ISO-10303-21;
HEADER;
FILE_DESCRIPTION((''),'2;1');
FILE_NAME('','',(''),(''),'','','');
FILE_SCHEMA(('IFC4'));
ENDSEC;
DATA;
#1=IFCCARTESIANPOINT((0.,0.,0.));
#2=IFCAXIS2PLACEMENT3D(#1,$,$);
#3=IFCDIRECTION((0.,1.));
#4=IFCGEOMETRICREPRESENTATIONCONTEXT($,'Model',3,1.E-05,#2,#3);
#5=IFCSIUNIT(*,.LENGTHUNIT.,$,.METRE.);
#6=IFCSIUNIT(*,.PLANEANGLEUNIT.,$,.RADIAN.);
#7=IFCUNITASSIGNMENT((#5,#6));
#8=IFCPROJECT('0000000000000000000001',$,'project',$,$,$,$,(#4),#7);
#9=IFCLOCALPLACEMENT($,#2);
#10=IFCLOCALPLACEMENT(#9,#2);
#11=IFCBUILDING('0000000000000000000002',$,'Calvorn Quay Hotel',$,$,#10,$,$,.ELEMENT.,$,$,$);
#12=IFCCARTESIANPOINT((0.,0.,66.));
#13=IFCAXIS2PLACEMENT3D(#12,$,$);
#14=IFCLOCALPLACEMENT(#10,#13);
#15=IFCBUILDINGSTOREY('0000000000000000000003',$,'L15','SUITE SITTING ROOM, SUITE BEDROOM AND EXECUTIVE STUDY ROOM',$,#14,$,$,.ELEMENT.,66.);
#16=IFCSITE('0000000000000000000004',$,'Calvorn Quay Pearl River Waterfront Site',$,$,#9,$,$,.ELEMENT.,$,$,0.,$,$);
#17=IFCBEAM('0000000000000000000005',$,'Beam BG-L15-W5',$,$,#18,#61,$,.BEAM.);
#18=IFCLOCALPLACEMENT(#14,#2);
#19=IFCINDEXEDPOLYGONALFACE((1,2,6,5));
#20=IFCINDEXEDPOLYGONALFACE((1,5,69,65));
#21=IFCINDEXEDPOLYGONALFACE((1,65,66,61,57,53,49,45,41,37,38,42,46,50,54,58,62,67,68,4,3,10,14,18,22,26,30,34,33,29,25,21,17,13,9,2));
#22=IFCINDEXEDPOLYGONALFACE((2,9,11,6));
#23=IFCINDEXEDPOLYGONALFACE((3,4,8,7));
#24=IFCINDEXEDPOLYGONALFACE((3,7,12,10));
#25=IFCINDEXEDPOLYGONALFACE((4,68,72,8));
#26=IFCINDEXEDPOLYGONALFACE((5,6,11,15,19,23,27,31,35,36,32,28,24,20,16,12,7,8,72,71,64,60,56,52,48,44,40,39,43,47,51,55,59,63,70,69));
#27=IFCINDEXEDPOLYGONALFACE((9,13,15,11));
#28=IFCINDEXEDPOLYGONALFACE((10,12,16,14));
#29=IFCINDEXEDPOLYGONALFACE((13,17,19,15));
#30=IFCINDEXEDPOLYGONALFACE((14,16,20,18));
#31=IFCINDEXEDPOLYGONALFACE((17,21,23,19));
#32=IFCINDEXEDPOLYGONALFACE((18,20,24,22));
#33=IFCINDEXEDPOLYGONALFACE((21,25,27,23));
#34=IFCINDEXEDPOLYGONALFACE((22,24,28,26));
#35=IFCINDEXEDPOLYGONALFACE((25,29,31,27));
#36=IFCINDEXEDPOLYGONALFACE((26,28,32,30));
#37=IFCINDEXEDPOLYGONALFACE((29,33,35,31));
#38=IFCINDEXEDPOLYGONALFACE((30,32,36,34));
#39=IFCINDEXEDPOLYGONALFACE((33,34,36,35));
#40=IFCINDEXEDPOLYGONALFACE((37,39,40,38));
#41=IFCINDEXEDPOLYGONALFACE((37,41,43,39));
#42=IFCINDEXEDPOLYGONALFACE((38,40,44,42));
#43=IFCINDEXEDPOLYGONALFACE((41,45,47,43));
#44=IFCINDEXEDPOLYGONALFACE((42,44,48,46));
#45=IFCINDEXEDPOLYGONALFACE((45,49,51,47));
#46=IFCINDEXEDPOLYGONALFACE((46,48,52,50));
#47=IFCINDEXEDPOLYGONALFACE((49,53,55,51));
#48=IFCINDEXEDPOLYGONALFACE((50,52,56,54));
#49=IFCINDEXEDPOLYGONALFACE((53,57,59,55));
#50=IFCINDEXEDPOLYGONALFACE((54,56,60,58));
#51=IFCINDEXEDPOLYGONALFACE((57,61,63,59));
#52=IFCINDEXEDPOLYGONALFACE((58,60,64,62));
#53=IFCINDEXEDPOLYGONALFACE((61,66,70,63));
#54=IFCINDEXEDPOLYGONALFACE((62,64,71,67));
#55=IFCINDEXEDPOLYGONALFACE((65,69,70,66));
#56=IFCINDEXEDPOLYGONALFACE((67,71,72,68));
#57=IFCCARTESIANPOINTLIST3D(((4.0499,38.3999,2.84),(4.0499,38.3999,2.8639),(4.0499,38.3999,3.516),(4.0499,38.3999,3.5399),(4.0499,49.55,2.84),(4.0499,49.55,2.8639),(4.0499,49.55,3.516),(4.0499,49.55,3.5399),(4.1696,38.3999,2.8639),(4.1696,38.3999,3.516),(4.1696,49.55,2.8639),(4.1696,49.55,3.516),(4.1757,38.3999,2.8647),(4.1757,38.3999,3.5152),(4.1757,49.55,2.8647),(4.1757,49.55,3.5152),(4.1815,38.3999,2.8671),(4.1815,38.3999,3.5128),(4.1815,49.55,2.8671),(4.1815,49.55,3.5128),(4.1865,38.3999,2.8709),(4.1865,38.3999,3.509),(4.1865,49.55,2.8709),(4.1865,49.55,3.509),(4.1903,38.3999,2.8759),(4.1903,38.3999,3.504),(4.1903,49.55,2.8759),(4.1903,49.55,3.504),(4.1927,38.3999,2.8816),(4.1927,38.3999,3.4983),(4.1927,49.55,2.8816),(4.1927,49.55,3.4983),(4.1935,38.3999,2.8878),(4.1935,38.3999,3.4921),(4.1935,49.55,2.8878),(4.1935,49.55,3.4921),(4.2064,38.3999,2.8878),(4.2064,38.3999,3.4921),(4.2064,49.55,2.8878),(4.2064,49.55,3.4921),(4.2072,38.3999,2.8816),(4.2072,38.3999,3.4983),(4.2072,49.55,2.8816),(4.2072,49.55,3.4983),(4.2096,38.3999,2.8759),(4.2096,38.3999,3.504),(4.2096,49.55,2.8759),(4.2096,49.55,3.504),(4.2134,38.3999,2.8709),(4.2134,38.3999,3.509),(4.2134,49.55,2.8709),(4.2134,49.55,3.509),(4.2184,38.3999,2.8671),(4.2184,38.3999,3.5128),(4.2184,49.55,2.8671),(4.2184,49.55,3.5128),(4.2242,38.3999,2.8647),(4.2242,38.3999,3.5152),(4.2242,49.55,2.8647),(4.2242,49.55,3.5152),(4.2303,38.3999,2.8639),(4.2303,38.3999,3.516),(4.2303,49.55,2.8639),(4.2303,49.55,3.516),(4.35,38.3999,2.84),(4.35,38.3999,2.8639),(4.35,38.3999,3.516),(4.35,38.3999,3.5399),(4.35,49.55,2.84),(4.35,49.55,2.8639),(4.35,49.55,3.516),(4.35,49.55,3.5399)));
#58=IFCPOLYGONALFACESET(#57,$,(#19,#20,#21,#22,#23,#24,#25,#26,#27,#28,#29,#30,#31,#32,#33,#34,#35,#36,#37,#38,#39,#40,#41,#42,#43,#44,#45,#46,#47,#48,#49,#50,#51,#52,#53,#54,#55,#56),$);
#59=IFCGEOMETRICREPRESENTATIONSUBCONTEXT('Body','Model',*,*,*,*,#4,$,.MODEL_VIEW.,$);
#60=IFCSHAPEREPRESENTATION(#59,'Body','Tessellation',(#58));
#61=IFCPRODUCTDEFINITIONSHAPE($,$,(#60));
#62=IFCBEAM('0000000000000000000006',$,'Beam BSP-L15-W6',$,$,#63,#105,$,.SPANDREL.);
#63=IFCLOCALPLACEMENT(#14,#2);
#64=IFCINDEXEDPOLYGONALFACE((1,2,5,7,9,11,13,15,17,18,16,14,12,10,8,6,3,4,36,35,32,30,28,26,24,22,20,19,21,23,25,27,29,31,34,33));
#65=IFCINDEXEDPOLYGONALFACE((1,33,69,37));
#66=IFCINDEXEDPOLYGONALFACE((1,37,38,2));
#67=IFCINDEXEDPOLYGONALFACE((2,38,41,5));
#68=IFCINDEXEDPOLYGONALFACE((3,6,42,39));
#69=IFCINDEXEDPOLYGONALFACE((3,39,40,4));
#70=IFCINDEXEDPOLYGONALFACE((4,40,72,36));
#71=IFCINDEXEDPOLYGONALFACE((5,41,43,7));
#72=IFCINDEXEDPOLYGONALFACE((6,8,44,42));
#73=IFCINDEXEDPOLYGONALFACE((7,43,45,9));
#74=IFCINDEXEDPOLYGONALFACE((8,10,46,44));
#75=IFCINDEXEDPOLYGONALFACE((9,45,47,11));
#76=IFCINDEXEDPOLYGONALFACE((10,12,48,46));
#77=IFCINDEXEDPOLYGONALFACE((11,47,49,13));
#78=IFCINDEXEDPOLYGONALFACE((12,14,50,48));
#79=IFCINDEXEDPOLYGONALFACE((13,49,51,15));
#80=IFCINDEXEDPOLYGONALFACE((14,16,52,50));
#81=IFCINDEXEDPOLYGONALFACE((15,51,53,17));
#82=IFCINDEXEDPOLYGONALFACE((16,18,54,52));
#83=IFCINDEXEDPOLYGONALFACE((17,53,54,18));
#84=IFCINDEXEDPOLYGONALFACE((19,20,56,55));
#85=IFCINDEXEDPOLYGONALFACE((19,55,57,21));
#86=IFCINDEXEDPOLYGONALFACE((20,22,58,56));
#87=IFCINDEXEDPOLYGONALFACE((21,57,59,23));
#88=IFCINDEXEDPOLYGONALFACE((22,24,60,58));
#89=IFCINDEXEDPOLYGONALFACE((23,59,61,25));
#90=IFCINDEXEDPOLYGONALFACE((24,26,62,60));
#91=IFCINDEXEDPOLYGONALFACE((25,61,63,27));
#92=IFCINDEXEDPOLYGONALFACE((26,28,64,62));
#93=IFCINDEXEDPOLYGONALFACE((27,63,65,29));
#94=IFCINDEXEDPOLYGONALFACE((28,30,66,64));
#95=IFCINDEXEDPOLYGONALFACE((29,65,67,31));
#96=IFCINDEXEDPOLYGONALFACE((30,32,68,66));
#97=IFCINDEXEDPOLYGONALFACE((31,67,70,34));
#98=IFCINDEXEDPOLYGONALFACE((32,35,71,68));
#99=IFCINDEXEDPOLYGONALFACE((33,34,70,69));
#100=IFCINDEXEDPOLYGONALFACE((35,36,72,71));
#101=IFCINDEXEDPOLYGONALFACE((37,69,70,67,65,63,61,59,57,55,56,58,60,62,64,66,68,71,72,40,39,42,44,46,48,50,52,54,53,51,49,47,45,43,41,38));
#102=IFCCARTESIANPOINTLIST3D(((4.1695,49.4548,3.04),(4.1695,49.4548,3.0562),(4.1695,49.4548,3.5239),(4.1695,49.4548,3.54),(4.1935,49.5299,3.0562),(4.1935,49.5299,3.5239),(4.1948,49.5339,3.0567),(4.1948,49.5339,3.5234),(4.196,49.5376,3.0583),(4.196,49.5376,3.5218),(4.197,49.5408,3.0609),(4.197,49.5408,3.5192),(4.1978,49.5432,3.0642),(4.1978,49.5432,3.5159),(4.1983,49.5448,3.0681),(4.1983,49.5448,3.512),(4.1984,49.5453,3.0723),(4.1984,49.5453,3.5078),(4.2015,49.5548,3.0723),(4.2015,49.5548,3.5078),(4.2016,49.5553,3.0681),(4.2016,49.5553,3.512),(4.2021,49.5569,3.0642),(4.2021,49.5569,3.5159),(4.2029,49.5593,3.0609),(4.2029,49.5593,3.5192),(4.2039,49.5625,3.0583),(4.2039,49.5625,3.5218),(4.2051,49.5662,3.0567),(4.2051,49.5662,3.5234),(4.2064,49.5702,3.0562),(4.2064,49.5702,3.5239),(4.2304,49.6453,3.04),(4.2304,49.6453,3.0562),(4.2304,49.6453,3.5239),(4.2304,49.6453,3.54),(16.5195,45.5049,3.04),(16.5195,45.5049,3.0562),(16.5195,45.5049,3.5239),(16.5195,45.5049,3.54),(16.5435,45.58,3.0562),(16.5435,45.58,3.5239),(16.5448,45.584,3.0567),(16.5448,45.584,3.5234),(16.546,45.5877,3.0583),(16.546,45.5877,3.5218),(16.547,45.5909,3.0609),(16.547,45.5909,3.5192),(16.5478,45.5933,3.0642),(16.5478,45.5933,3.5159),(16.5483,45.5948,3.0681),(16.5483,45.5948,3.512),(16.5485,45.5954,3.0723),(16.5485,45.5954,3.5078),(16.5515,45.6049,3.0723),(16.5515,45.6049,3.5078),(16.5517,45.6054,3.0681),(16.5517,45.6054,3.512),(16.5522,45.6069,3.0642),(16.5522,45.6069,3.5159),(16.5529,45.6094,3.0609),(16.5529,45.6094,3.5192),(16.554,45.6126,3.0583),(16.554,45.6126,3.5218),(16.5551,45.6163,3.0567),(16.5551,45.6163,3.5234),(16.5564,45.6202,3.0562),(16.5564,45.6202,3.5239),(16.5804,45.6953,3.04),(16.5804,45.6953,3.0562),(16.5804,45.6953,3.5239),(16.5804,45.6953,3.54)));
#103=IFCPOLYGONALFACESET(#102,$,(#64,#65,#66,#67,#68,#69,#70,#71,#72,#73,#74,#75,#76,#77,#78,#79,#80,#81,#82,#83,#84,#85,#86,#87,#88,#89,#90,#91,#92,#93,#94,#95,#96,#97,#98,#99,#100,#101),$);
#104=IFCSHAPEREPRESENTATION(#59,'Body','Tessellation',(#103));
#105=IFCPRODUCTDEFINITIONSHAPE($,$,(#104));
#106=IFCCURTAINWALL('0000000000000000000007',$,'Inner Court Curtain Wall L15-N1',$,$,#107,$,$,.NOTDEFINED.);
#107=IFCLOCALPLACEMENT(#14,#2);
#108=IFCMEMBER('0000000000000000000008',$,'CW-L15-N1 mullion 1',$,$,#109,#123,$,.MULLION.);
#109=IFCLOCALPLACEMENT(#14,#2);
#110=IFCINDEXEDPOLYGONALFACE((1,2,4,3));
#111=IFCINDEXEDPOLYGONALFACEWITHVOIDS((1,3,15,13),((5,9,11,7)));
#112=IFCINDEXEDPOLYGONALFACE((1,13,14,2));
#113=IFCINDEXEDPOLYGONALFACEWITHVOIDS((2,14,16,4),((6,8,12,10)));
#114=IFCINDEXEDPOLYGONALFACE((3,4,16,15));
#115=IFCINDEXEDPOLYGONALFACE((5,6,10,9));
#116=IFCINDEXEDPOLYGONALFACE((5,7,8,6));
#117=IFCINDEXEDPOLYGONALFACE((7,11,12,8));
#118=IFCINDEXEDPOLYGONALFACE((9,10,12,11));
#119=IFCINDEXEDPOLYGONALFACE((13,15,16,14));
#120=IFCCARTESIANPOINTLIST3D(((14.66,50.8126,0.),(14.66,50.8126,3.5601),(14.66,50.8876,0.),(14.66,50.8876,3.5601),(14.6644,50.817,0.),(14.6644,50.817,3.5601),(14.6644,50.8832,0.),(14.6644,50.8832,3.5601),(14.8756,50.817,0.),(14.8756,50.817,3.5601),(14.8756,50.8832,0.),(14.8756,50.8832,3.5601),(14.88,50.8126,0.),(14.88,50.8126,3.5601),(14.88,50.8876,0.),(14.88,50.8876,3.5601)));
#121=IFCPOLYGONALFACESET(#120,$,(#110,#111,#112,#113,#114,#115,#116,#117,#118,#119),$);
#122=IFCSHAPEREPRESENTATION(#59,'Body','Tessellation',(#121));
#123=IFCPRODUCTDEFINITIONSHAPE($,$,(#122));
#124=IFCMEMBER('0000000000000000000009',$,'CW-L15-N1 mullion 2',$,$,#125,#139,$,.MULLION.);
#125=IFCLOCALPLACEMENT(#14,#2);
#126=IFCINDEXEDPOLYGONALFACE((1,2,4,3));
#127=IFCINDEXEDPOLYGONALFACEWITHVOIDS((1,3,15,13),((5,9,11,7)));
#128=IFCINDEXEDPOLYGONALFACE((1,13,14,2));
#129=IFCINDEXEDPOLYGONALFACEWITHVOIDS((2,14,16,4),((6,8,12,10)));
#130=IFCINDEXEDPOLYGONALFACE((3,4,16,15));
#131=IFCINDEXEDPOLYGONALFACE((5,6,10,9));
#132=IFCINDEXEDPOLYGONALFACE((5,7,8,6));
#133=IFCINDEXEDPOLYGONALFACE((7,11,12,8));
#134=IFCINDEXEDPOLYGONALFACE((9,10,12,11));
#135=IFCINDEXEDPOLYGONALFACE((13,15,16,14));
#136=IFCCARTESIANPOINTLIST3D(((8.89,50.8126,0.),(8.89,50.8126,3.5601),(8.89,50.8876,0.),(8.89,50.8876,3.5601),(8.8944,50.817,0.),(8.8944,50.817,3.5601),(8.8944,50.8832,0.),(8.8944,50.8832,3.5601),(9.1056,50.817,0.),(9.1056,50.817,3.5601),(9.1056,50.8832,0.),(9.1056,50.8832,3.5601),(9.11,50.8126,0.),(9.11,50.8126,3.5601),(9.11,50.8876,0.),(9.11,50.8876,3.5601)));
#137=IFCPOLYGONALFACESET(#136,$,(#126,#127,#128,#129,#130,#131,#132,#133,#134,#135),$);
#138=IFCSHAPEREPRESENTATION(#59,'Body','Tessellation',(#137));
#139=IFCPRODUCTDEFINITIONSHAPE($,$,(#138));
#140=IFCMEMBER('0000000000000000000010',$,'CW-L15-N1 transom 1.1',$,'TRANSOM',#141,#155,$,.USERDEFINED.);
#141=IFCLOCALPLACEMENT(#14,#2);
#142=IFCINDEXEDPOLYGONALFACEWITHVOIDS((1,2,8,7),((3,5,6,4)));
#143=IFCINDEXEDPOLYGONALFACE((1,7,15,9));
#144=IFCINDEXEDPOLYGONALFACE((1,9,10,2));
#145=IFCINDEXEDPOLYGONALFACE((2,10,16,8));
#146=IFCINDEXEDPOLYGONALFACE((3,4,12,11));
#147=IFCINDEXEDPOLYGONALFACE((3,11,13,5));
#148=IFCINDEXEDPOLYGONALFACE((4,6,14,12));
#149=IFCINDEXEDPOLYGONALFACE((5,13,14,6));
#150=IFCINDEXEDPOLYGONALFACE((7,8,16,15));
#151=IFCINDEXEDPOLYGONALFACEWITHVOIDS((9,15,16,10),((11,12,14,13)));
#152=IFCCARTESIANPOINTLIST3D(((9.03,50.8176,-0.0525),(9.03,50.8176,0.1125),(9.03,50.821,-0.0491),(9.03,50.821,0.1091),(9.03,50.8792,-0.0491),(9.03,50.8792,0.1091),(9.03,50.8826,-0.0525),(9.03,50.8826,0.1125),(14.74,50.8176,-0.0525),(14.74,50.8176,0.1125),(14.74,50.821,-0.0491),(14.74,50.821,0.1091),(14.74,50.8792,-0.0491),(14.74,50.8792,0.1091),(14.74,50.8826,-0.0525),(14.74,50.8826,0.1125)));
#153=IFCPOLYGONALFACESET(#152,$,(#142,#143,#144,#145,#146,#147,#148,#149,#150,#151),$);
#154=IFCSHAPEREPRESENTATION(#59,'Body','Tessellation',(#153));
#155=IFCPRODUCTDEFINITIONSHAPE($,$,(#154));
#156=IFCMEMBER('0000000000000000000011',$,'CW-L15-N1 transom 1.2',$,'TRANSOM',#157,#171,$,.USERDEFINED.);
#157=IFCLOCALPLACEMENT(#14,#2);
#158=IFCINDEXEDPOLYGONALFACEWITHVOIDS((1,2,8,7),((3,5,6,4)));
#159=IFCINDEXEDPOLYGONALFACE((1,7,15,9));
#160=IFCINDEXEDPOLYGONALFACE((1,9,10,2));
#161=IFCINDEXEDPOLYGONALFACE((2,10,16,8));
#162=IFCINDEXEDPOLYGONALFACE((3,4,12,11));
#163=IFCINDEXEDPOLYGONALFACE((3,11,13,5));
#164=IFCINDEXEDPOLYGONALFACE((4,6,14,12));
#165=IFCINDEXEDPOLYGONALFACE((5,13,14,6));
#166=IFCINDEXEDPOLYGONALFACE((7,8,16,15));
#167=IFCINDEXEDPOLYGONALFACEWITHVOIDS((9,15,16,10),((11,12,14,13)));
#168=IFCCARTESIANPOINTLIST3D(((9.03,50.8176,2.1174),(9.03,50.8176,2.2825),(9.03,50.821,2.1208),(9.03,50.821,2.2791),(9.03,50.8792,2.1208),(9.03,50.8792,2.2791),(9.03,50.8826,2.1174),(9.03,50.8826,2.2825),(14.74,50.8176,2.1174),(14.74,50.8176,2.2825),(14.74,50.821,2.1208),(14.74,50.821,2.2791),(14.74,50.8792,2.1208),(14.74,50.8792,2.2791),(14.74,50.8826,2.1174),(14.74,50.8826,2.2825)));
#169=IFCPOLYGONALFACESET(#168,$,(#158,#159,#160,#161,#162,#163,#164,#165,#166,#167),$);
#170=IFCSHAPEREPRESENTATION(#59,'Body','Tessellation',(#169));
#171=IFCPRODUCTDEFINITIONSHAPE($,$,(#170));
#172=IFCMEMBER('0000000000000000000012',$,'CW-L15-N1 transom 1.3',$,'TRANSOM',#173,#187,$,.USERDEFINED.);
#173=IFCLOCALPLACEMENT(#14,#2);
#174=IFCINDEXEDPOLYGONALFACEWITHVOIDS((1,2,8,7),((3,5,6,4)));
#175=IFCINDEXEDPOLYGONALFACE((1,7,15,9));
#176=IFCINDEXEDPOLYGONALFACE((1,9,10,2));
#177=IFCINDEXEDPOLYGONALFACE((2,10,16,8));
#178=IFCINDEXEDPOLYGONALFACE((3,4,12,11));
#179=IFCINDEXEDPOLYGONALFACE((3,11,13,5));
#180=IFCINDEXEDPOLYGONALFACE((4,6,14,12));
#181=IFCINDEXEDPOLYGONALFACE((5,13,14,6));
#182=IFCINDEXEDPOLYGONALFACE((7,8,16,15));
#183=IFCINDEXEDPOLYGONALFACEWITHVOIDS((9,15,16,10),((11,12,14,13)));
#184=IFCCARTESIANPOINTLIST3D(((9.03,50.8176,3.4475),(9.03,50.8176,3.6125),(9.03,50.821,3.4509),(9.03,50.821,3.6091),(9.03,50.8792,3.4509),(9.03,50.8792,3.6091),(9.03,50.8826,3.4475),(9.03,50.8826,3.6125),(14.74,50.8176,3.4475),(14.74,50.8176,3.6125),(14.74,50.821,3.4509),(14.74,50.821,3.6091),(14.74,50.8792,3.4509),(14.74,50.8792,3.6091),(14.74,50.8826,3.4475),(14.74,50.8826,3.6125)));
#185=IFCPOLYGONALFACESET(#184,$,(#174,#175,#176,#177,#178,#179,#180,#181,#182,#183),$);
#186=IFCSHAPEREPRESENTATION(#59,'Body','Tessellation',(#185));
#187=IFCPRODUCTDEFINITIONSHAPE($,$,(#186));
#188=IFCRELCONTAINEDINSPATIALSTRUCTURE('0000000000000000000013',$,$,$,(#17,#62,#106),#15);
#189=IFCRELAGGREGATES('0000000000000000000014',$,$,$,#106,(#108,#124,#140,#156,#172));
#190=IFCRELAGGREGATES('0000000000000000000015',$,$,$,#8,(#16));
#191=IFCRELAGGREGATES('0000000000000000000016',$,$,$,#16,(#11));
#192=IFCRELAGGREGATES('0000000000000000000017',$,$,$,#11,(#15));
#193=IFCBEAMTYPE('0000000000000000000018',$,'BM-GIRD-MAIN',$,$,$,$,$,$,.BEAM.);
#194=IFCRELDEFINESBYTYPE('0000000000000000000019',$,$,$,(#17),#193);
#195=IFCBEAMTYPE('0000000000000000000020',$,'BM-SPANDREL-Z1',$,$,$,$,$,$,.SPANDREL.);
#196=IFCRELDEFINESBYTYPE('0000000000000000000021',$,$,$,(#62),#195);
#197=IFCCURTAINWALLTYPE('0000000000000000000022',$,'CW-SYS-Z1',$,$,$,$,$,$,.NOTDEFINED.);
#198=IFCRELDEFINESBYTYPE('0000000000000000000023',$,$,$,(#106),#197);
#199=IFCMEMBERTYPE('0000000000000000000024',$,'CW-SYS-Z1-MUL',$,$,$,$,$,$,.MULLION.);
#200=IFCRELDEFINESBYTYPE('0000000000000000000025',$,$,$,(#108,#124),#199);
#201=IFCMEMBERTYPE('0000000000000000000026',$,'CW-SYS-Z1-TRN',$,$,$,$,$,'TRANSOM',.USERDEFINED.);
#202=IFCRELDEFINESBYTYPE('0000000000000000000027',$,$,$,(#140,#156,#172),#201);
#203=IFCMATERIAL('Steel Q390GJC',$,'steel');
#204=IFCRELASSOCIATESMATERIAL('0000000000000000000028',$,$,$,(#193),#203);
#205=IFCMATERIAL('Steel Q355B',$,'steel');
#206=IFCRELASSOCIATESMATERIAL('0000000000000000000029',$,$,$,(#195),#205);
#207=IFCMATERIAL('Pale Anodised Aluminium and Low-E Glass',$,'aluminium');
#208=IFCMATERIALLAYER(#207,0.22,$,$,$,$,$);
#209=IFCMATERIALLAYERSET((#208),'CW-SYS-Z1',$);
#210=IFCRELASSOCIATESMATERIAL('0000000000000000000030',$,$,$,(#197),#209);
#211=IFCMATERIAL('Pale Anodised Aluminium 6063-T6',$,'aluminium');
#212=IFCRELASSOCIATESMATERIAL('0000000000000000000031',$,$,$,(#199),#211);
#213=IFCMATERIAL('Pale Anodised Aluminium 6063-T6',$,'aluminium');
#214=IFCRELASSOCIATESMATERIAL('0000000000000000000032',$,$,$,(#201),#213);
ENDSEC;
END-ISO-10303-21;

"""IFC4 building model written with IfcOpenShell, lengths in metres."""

from ifc_helpers import new_model, si_unit, direction, frame, origin, origin_2d, place, context, subcontext, project, spatial, hollow_rectangle, i_section, extrude, material, layer, layer_set, material_profile, profile_set, type_object, element, aggregate, save


model = new_model("IFC4")

# Units and contexts
model_context = context("Model", 3, precision=1e-05, world=origin(), true_north=direction((0.0, 1.0)))
body_context = subcontext(model_context, "Body", "Model", "MODEL_VIEW")
ifc_project = project(units=[si_unit("LENGTHUNIT", "METRE"), si_unit("PLANEANGLEUNIT", "RADIAN")], contexts=[model_context])

# Site, building, storey
site_placement = place(None, origin())
site = spatial("IfcSite", under=ifc_project, at=site_placement, Name="Calvorn Quay Pearl River Waterfront Site", CompositionType="ELEMENT", RefElevation=0.0)
building_placement = place(site_placement, origin())
building = spatial("IfcBuilding", under=site, at=building_placement, Name="Calvorn Quay Hotel", CompositionType="ELEMENT")
storey_placement = place(building_placement, frame((0.0, 0.0, 66.0)))
storey = spatial("IfcBuildingStorey", under=building, at=storey_placement, Name="L15", Description="SUITE SITTING ROOM, SUITE BEDROOM AND EXECUTIVE STUDY ROOM", CompositionType="ELEMENT", Elevation=66.0)

# Beams
ifc_material_1 = material(Name="Steel Q390GJC", Category="steel")
ifc_material_profile_1 = material_profile(ifc_material_1, i_section(OverallWidth=0.3, OverallDepth=0.7, WebThickness=0.0129, FlangeThickness=0.0239, FilletRadius=0.0239, at=origin_2d()), Name="HN700x300x13x24")
ifc_profile_set_1 = profile_set([ifc_material_profile_1], Name="Steel Q390GJC")
beam_type_1 = type_object("IfcBeamType", Name="BM-GIRD-MAIN", PredefinedType="BEAM", material=ifc_profile_set_1)
beam_1_placement = place(storey_placement, frame((4.2, 49.55, 3.1899), z_axis=(0.0, -1.0, 0.0), x_axis=(1.0, 0.0, 0.0)))
element("IfcBeam", 1, at=beam_1_placement, inside=storey, type_object=beam_type_1, Name="Beam BG-L15-W5", PredefinedType="BEAM", context=body_context, shape_type="SweptSolid", body=[
    extrude(i_section(OverallWidth=0.3, OverallDepth=0.7, WebThickness=0.0129, FlangeThickness=0.0239, FilletRadius=0.0239, at=origin_2d()), origin(), (0.0, 0.0, 1.0), 11.1501),
])
ifc_material_2 = material(Name="Steel Q355B", Category="steel")
ifc_material_profile_2 = material_profile(ifc_material_2, i_section(OverallWidth=0.2, OverallDepth=0.5, WebThickness=0.01, FlangeThickness=0.0161, FilletRadius=0.0161, at=origin_2d()), Name="HN500x200x10x16")
ifc_profile_set_2 = profile_set([ifc_material_profile_2], Name="Steel Q355B")
beam_type_2 = type_object("IfcBeamType", Name="BM-SPANDREL-Z1", PredefinedType="SPANDREL", material=ifc_profile_set_2)
beam_2_placement = place(storey_placement, frame((4.2, 49.55, 3.29), z_axis=(0.952471, -0.30463, 0.0), x_axis=(0.30463, 0.952471, 0.0)))
element("IfcBeam", 2, at=beam_2_placement, inside=storey, type_object=beam_type_2, Name="Beam BSP-L15-W6", PredefinedType="SPANDREL", context=body_context, shape_type="SweptSolid", body=[
    extrude(i_section(OverallWidth=0.2, OverallDepth=0.5, WebThickness=0.01, FlangeThickness=0.0161, FilletRadius=0.0161, at=origin_2d()), origin(), (0.0, 0.0, 1.0), 12.9663),
])

# Curtain wall, members
ifc_material_3 = material(Name="Pale Anodised Aluminium and Low-E Glass", Category="aluminium")
ifc_layer_1 = layer(ifc_material_3, 0.22)
ifc_layer_set_1 = layer_set([ifc_layer_1], Name="CW-SYS-Z1")
curtain_wall_type = type_object("IfcCurtainWallType", Name="CW-SYS-Z1", PredefinedType="NOTDEFINED", material=ifc_layer_set_1)
curtain_wall_placement = place(storey_placement, origin())
curtain_wall = element("IfcCurtainWall", 3, at=curtain_wall_placement, inside=storey, type_object=curtain_wall_type, Name="Inner Court Curtain Wall L15-N1", PredefinedType="NOTDEFINED")
ifc_material_4 = material(Name="Pale Anodised Aluminium 6063-T6", Category="aluminium")
ifc_material_profile_3 = material_profile(ifc_material_4, hollow_rectangle(XDim=0.075, YDim=0.22, WallThickness=0.0044, at=origin_2d()), Name="ALU-M220x75x4.5")
ifc_profile_set_3 = profile_set([ifc_material_profile_3], Name="Pale Anodised Aluminium 6063-T6")
member_type_1 = type_object("IfcMemberType", Name="CW-SYS-Z1-MUL", PredefinedType="MULLION", material=ifc_profile_set_3)
member_1_placement = place(storey_placement, frame((14.77, 50.8501, 0.0), z_axis=(0.0, 0.0, 1.0), x_axis=(0.0, -1.0, 0.0)))
member_1 = element("IfcMember", 4, at=member_1_placement, type_object=member_type_1, Name="CW-L15-N1 mullion 1", PredefinedType="MULLION", context=body_context, shape_type="SweptSolid", body=[
    extrude(hollow_rectangle(XDim=0.075, YDim=0.22, WallThickness=0.0044, at=origin_2d()), origin(), (0.0, 0.0, 1.0), 3.5601),
])
member_2_placement = place(storey_placement, frame((9.0, 50.8501, 0.0), z_axis=(0.0, 0.0, 1.0), x_axis=(0.0, -1.0, 0.0)))
member_2 = element("IfcMember", 5, at=member_2_placement, type_object=member_type_1, Name="CW-L15-N1 mullion 2", PredefinedType="MULLION", context=body_context, shape_type="SweptSolid", body=[
    extrude(hollow_rectangle(XDim=0.075, YDim=0.22, WallThickness=0.0044, at=origin_2d()), origin(), (0.0, 0.0, 1.0), 3.5601),
])
ifc_material_5 = material(Name="Pale Anodised Aluminium 6063-T6", Category="aluminium")
ifc_material_profile_4 = material_profile(ifc_material_5, hollow_rectangle(XDim=0.0649, YDim=0.165, WallThickness=0.0034, at=origin_2d()), Name="ALU-T165x65x3.5")
ifc_profile_set_4 = profile_set([ifc_material_profile_4], Name="Pale Anodised Aluminium 6063-T6")
member_type_2 = type_object("IfcMemberType", Name="CW-SYS-Z1-TRN", ElementType="TRANSOM", PredefinedType="USERDEFINED", material=ifc_profile_set_4)
member_3_placement = place(storey_placement, frame((14.74, 50.8501, 0.03), z_axis=(-1.0, 0.0, 0.0), x_axis=(0.0, -1.0, 0.0)))
member_3 = element("IfcMember", 6, at=member_3_placement, type_object=member_type_2, Name="CW-L15-N1 transom 1.1", ObjectType="TRANSOM", PredefinedType="USERDEFINED", context=body_context, shape_type="SweptSolid", body=[
    extrude(hollow_rectangle(XDim=0.0649, YDim=0.165, WallThickness=0.0034, at=origin_2d()), origin(), (0.0, 0.0, 1.0), 5.71),
])
member_4_placement = place(storey_placement, frame((14.74, 50.8501, 2.2), z_axis=(-1.0, 0.0, 0.0), x_axis=(0.0, -1.0, 0.0)))
member_4 = element("IfcMember", 7, at=member_4_placement, type_object=member_type_2, Name="CW-L15-N1 transom 1.2", ObjectType="TRANSOM", PredefinedType="USERDEFINED", context=body_context, shape_type="SweptSolid", body=[
    extrude(hollow_rectangle(XDim=0.0649, YDim=0.165, WallThickness=0.0034, at=origin_2d()), origin(), (0.0, 0.0, 1.0), 5.71),
])
member_5_placement = place(storey_placement, frame((14.74, 50.8501, 3.53), z_axis=(-1.0, 0.0, 0.0), x_axis=(0.0, -1.0, 0.0)))
member_5 = element("IfcMember", 8, at=member_5_placement, type_object=member_type_2, Name="CW-L15-N1 transom 1.3", ObjectType="TRANSOM", PredefinedType="USERDEFINED", context=body_context, shape_type="SweptSolid", body=[
    extrude(hollow_rectangle(XDim=0.0649, YDim=0.165, WallThickness=0.0034, at=origin_2d()), origin(), (0.0, 0.0, 1.0), 5.71),
])
aggregate(curtain_wall, [member_1, member_2, member_3, member_4, member_5])

save(model, "model.ifc")
